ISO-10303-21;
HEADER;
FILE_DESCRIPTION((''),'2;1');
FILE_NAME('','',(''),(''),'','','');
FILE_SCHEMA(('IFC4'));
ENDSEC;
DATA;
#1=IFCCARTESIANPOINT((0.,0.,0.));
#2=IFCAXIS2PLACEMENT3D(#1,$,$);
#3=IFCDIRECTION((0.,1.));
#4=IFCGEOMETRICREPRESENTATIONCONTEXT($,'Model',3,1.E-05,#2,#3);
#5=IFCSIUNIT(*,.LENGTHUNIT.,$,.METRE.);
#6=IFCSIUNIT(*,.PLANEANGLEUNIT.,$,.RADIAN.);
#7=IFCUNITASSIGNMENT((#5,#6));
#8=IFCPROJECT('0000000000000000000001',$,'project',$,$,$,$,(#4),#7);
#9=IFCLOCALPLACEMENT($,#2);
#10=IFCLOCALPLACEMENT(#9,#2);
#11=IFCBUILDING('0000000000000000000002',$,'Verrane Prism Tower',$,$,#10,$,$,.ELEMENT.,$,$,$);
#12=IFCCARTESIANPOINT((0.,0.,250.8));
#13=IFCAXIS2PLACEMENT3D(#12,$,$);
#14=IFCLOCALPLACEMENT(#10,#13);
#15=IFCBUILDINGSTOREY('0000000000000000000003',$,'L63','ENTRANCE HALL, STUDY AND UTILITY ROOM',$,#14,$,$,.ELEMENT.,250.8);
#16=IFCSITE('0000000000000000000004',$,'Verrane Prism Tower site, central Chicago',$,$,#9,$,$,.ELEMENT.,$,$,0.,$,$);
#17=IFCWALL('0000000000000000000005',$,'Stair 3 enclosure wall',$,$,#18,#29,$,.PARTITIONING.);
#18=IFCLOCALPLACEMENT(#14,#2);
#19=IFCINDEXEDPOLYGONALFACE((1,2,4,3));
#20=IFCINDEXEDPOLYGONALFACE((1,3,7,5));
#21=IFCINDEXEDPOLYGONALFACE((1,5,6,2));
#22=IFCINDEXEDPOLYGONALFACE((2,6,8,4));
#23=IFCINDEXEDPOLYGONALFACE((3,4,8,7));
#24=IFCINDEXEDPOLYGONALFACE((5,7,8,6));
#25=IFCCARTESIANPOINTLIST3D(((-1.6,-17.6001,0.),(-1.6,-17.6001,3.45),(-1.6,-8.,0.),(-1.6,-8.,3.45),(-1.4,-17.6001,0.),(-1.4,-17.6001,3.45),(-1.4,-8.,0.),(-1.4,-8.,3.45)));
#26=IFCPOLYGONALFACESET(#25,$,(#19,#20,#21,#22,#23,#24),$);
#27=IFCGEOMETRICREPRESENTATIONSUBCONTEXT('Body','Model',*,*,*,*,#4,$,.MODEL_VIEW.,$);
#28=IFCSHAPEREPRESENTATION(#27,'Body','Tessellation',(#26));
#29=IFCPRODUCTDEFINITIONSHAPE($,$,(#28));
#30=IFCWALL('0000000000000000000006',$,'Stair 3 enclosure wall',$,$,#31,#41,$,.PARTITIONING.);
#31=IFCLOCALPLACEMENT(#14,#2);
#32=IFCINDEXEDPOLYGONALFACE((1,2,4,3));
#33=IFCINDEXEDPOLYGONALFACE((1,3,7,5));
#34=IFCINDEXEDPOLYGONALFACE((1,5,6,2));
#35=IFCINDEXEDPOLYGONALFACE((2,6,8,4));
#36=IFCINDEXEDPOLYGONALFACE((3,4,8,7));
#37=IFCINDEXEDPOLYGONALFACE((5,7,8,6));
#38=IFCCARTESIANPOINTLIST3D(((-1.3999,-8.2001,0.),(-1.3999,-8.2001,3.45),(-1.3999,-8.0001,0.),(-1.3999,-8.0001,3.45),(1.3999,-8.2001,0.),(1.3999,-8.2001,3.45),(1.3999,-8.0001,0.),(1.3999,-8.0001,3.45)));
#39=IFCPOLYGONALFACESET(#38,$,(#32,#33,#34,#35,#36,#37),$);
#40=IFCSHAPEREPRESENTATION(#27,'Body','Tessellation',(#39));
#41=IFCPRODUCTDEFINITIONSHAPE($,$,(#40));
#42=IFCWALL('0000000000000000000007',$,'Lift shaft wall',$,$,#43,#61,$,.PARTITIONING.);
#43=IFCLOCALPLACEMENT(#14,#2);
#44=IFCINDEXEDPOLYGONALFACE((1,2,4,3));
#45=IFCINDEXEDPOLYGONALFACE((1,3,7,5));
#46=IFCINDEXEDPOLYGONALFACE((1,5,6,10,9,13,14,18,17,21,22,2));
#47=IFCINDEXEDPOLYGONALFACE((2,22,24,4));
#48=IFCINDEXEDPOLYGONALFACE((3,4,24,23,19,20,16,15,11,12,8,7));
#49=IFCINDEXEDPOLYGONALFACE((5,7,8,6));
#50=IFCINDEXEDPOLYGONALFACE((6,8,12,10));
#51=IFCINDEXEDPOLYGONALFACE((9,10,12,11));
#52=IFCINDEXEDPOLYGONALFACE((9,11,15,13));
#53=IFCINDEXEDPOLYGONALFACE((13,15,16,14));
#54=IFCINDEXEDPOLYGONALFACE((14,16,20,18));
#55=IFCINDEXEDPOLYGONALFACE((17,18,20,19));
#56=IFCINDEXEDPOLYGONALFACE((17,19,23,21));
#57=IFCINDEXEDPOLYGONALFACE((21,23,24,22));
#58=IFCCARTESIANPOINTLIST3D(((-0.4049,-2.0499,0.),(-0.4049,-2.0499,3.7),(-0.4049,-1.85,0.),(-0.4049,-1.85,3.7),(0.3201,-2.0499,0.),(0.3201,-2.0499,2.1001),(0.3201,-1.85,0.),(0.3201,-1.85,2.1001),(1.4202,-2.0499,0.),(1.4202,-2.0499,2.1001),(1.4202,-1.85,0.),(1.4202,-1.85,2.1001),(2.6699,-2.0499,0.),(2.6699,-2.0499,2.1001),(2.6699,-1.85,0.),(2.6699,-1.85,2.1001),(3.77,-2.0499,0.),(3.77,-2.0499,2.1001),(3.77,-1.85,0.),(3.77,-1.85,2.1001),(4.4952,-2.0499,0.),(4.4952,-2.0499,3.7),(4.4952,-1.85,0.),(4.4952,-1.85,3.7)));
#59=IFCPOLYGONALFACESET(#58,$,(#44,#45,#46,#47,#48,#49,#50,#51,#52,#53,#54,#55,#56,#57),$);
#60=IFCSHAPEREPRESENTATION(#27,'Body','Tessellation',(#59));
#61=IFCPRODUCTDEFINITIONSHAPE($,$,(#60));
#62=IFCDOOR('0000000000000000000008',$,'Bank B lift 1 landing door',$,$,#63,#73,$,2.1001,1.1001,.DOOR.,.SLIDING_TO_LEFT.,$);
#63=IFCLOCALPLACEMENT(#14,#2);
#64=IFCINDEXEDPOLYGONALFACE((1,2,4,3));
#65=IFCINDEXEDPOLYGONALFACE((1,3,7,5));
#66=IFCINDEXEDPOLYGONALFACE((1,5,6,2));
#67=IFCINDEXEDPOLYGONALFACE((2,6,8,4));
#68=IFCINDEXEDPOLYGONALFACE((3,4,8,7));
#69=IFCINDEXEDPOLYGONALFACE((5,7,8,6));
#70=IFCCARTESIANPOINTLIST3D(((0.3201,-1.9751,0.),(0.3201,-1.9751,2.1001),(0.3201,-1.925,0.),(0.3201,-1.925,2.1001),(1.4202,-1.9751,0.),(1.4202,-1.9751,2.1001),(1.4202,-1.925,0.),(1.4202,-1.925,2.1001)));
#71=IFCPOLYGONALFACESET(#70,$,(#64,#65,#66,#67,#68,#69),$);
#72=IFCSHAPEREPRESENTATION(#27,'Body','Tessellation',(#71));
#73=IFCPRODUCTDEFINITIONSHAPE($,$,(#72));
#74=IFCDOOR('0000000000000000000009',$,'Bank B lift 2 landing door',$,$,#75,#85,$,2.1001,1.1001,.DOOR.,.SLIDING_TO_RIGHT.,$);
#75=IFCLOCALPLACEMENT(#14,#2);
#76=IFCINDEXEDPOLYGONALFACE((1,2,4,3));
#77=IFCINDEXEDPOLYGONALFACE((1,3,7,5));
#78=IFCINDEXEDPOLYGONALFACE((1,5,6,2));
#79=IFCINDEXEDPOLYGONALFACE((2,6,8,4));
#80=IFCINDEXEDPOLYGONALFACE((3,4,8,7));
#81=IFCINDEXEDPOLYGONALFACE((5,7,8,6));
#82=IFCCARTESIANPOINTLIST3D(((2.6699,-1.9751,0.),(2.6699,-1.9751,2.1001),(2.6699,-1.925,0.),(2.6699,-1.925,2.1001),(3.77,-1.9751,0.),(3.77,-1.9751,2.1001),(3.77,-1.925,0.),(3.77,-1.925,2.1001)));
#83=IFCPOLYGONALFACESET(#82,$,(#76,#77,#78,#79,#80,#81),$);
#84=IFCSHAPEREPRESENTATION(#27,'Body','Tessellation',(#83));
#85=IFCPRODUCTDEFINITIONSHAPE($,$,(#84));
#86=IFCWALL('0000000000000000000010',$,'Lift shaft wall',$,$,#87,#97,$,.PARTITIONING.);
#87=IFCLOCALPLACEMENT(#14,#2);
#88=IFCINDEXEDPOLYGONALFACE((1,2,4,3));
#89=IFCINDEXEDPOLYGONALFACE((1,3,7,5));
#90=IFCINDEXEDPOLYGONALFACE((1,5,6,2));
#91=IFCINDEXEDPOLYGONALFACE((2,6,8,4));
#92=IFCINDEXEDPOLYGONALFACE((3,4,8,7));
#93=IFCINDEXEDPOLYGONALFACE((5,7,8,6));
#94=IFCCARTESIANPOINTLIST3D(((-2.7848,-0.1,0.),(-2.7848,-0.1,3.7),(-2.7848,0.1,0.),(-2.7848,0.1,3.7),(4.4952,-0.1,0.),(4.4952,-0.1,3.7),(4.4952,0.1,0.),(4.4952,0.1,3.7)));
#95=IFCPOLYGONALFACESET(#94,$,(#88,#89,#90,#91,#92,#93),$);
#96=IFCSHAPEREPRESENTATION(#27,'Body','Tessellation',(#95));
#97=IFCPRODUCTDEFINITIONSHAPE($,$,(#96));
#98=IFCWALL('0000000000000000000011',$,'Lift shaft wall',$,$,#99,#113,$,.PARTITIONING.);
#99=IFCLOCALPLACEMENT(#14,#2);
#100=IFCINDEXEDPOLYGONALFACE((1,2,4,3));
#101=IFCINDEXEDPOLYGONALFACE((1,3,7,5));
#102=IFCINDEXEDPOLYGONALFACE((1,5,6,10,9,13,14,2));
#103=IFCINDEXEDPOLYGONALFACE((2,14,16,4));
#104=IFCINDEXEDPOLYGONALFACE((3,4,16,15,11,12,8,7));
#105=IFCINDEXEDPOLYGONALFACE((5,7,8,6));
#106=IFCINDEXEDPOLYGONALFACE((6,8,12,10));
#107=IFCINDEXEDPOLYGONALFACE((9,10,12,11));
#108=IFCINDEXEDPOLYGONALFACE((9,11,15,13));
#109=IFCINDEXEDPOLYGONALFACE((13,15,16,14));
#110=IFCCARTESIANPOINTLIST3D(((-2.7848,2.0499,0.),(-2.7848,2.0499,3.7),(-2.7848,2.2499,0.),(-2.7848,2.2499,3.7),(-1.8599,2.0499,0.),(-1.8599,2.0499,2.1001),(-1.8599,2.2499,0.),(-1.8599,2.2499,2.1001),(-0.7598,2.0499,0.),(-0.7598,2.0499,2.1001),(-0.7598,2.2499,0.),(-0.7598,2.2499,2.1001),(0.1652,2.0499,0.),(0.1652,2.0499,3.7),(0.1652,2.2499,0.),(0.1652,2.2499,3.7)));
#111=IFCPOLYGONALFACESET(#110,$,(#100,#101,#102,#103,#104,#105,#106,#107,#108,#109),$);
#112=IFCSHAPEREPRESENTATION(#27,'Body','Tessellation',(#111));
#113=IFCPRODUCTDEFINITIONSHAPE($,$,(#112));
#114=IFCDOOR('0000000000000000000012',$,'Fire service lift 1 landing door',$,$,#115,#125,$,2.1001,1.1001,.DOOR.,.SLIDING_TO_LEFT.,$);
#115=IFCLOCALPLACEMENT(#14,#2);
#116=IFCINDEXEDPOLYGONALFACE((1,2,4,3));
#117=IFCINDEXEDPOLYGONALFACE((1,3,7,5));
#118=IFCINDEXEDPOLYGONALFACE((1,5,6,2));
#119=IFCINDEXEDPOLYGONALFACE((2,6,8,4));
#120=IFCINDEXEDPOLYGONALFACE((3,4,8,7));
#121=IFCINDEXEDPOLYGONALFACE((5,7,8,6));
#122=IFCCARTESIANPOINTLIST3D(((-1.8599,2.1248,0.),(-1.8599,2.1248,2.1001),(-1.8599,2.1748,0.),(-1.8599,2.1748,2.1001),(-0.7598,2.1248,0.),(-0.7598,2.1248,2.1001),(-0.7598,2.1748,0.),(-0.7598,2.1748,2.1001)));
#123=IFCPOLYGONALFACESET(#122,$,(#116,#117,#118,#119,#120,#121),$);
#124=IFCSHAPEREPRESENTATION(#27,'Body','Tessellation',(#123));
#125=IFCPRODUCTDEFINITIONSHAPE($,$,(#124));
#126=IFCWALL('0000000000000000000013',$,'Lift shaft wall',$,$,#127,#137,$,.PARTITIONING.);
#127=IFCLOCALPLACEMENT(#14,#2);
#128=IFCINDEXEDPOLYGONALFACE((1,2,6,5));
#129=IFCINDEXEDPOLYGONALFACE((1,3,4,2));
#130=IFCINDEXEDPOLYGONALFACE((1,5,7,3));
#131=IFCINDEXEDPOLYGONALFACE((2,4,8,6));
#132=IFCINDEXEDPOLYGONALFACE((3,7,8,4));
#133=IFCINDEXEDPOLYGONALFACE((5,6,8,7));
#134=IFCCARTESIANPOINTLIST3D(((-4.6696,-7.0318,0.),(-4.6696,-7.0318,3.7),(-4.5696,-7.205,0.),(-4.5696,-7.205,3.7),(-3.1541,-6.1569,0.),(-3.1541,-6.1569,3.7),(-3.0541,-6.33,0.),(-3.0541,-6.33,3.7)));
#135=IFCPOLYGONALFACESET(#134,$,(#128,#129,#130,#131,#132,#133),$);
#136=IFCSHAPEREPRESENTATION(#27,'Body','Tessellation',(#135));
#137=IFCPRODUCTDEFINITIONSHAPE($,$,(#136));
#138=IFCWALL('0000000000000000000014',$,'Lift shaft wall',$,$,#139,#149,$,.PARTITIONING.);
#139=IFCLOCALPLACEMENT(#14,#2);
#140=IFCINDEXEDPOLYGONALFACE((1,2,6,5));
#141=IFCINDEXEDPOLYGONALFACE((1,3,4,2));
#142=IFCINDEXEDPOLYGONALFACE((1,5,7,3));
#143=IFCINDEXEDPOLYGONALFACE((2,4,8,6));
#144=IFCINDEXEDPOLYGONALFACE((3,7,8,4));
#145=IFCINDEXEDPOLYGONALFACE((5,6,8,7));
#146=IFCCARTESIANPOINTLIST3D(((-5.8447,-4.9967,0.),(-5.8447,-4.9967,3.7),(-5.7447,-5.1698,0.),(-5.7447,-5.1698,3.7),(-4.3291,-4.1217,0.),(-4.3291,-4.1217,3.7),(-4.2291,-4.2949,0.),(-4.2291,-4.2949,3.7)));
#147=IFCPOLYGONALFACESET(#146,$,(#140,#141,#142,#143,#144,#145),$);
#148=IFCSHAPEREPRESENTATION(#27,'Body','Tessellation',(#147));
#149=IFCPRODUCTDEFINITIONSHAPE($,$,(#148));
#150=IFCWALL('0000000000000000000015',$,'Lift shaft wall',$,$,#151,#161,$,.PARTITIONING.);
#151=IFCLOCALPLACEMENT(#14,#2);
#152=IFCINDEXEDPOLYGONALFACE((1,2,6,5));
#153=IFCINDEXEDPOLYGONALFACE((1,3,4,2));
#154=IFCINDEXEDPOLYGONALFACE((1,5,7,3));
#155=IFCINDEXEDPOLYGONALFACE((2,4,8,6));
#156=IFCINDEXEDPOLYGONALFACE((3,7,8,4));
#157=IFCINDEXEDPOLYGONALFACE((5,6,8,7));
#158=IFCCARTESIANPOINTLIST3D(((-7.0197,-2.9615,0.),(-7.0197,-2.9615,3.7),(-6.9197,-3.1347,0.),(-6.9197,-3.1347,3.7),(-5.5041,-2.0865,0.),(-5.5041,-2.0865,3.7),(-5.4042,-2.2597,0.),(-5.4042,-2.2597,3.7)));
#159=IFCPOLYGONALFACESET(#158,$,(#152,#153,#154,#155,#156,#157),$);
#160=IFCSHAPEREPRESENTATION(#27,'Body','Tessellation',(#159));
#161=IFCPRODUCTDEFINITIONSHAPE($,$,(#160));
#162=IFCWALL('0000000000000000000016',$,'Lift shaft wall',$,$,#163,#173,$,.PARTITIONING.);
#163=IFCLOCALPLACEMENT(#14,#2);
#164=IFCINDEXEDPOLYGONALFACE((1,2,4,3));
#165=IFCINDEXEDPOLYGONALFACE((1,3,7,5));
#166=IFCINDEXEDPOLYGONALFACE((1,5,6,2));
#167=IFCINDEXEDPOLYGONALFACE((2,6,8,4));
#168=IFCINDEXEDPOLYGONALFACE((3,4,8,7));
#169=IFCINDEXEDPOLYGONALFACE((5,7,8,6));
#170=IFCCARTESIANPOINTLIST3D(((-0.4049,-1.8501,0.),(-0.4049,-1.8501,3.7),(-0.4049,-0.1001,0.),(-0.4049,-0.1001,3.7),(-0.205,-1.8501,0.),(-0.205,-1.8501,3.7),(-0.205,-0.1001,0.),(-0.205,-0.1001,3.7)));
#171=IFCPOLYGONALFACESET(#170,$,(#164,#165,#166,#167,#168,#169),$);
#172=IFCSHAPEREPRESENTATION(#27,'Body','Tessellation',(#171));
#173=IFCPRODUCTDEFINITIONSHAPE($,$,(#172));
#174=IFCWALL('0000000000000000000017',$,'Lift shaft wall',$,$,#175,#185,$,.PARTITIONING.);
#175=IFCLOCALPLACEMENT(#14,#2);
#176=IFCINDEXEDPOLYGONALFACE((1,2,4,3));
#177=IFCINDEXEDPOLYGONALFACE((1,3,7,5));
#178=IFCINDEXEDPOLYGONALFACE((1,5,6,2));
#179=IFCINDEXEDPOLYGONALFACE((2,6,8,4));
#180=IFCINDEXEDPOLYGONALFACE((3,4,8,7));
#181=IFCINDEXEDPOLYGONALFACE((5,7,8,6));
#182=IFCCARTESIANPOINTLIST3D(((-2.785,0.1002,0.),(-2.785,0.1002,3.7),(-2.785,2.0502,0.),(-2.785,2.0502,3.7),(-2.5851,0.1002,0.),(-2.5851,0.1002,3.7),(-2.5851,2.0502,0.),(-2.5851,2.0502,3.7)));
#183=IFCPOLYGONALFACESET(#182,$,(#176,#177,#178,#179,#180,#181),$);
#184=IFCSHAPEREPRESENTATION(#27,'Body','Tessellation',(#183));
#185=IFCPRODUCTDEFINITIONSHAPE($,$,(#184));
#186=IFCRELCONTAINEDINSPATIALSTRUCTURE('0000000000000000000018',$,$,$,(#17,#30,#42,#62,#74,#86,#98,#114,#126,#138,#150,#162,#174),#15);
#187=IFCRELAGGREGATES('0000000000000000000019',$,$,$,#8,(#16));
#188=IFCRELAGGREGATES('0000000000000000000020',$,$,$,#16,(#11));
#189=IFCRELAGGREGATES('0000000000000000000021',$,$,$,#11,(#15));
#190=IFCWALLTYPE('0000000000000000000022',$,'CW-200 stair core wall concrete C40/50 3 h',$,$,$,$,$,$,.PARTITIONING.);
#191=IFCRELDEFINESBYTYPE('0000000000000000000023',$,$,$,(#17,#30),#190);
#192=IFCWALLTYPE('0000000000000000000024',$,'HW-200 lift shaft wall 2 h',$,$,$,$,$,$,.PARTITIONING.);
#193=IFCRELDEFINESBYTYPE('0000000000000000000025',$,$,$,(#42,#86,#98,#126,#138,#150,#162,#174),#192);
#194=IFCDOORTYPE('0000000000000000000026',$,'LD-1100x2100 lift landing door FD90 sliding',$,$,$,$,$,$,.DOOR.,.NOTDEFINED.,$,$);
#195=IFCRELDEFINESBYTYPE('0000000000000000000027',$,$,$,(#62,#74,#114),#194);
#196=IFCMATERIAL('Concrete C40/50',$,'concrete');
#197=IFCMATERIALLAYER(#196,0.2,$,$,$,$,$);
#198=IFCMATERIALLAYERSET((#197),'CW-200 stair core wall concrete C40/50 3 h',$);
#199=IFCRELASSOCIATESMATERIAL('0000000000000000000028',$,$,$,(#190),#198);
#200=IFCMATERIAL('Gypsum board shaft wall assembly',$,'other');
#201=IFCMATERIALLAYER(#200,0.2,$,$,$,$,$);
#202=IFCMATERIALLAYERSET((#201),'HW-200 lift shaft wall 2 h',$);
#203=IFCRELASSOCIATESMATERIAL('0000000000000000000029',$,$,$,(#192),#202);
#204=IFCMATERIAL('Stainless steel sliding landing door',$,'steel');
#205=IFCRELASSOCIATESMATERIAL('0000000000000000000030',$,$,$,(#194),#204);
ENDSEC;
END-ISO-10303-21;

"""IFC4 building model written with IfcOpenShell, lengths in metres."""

from ifc_helpers import new_model, si_unit, direction, frame, frame_2d, origin, place, context, subcontext, project, spatial, rectangle, extrude, material, layer, layer_set, type_object, element, fill, save


model = new_model("IFC4")

# Units and contexts
model_context = context("Model", 3, precision=1e-05, world=origin(), true_north=direction((0.0, 1.0)))
body_context = subcontext(model_context, "Body", "Model", "MODEL_VIEW")
ifc_project = project(units=[si_unit("LENGTHUNIT", "METRE"), si_unit("PLANEANGLEUNIT", "RADIAN")], contexts=[model_context])

# Site, building, storey
site_placement = place(None, origin())
site = spatial("IfcSite", under=ifc_project, at=site_placement, Name="Verrane Prism Tower site, central Chicago", CompositionType="ELEMENT", RefElevation=0.0)
building_placement = place(site_placement, origin())
building = spatial("IfcBuilding", under=site, at=building_placement, Name="Verrane Prism Tower", CompositionType="ELEMENT")
storey_placement = place(building_placement, frame((0.0, 0.0, 250.8)))
storey = spatial("IfcBuildingStorey", under=building, at=storey_placement, Name="L63", Description="ENTRANCE HALL, STUDY AND UTILITY ROOM", CompositionType="ELEMENT", Elevation=250.8)

# Walls
ifc_material_1 = material(Name="Concrete C40/50", Category="concrete")
ifc_layer_1 = layer(ifc_material_1, 0.2)
ifc_layer_set_1 = layer_set([ifc_layer_1], Name="CW-200 stair core wall concrete C40/50 3 h")
wall_type_1 = type_object("IfcWallType", Name="CW-200 stair core wall concrete C40/50 3 h", PredefinedType="PARTITIONING", material=ifc_layer_set_1)
wall_1_placement = place(storey_placement, frame((-1.5, -8.0, 0.0), z_axis=(0.0, 0.0, 1.0), x_axis=(0.0, -1.0, 0.0)))
element("IfcWall", 1, at=wall_1_placement, inside=storey, type_object=wall_type_1, Name="Stair 3 enclosure wall", PredefinedType="PARTITIONING", context=body_context, shape_type="SweptSolid", body=[
    extrude(rectangle(XDim=9.6001, YDim=0.2, at=frame_2d((4.8, 0.0))), origin(), (0.0, 0.0, 1.0), 3.45),
])
wall_2_placement = place(storey_placement, frame((-1.3999, -8.1001, 0.0), z_axis=(0.0, 0.0, 1.0), x_axis=(1.0, 0.0, 0.0)))
element("IfcWall", 2, at=wall_2_placement, inside=storey, type_object=wall_type_1, Name="Stair 3 enclosure wall", PredefinedType="PARTITIONING", context=body_context, shape_type="SweptSolid", body=[
    extrude(rectangle(XDim=2.7998, YDim=0.2, at=frame_2d((1.3999, 0.0))), origin(), (0.0, 0.0, 1.0), 3.45),
])

# Wall, openings, doors
ifc_material_2 = material(Name="Gypsum board shaft wall assembly", Category="other")
ifc_layer_2 = layer(ifc_material_2, 0.2)
ifc_layer_set_2 = layer_set([ifc_layer_2], Name="HW-200 lift shaft wall 2 h")
wall_type_2 = type_object("IfcWallType", Name="HW-200 lift shaft wall 2 h", PredefinedType="PARTITIONING", material=ifc_layer_set_2)
wall_3_placement = place(storey_placement, frame((-0.405, -1.95, 0.0), z_axis=(0.0, 0.0, 1.0), x_axis=(1.0, 0.0, 0.0)))
wall_3 = element("IfcWall", 3, at=wall_3_placement, inside=storey, type_object=wall_type_2, Name="Lift shaft wall", PredefinedType="PARTITIONING", context=body_context, shape_type="SweptSolid", body=[
    extrude(rectangle(XDim=4.9001, YDim=0.2, at=frame_2d((2.4502, 0.0))), origin(), (0.0, 0.0, 1.0), 3.7),
])
opening_1_placement = place(wall_3_placement, frame((0.7251, 0.0, 0.0)))
opening_1 = element("IfcOpeningElement", 4, at=opening_1_placement, cuts=wall_3, PredefinedType="OPENING", context=body_context, shape_type="SweptSolid", body=[
    extrude(rectangle(XDim=1.1001, YDim=2.1001, at=frame_2d((0.55, 1.05))), frame((0.0, 0.1099, 0.0), z_axis=(0.0, -1.0, 0.0), x_axis=(1.0, 0.0, 0.0)), (0.0, 0.0, 1.0), 0.22),
])
opening_2_placement = place(wall_3_placement, frame((3.075, 0.0, 0.0)))
opening_2 = element("IfcOpeningElement", 5, at=opening_2_placement, cuts=wall_3, PredefinedType="OPENING", context=body_context, shape_type="SweptSolid", body=[
    extrude(rectangle(XDim=1.1001, YDim=2.1001, at=frame_2d((0.55, 1.05))), frame((0.0, 0.1099, 0.0), z_axis=(0.0, -1.0, 0.0), x_axis=(1.0, 0.0, 0.0)), (0.0, 0.0, 1.0), 0.22),
])
ifc_material_3 = material(Name="Stainless steel sliding landing door", Category="steel")
door_type_1 = type_object("IfcDoorType", Name="LD-1100x2100 lift landing door FD90 sliding", OperationType="NOTDEFINED", PredefinedType="DOOR", material=ifc_material_3)
door_1_placement = place(opening_1_placement, origin())
door_1 = element("IfcDoor", 6, at=door_1_placement, inside=storey, type_object=door_type_1, Name="Bank B lift 1 landing door", OperationType="SLIDING_TO_LEFT", OverallHeight=2.1001, OverallWidth=1.1001, PredefinedType="DOOR", context=body_context, shape_type="SweptSolid", body=[
    extrude(rectangle(XDim=1.1001, YDim=2.1001, at=frame_2d((0.55, 1.05))), frame((0.0, 0.0249, 0.0), z_axis=(0.0, -1.0, 0.0), x_axis=(1.0, 0.0, 0.0)), (0.0, 0.0, 1.0), 0.05),
])
fill(opening_1, door_1)
door_2_placement = place(opening_2_placement, origin())
door_2 = element("IfcDoor", 7, at=door_2_placement, inside=storey, type_object=door_type_1, Name="Bank B lift 2 landing door", OperationType="SLIDING_TO_RIGHT", OverallHeight=2.1001, OverallWidth=1.1001, PredefinedType="DOOR", context=body_context, shape_type="SweptSolid", body=[
    extrude(rectangle(XDim=1.1001, YDim=2.1001, at=frame_2d((0.55, 1.05))), frame((0.0, 0.0249, 0.0), z_axis=(0.0, -1.0, 0.0), x_axis=(1.0, 0.0, 0.0)), (0.0, 0.0, 1.0), 0.05),
])
fill(opening_2, door_2)

# Wall
wall_4_placement = place(storey_placement, frame((-2.7849, 0.0, 0.0), z_axis=(0.0, 0.0, 1.0), x_axis=(1.0, 0.0, 0.0)))
element("IfcWall", 8, at=wall_4_placement, inside=storey, type_object=wall_type_2, Name="Lift shaft wall", PredefinedType="PARTITIONING", context=body_context, shape_type="SweptSolid", body=[
    extrude(rectangle(XDim=7.28, YDim=0.2, at=frame_2d((3.6401, 0.0))), origin(), (0.0, 0.0, 1.0), 3.7),
])

# Wall, opening, door
wall_5_placement = place(storey_placement, frame((-2.7849, 2.1499, 0.0), z_axis=(0.0, 0.0, 1.0), x_axis=(1.0, 0.0, 0.0)))
wall_5 = element("IfcWall", 9, at=wall_5_placement, inside=storey, type_object=wall_type_2, Name="Lift shaft wall", PredefinedType="PARTITIONING", context=body_context, shape_type="SweptSolid", body=[
    extrude(rectangle(XDim=2.95, YDim=0.2, at=frame_2d((1.4751, 0.0))), origin(), (0.0, 0.0, 1.0), 3.7),
])
opening_3_placement = place(wall_5_placement, frame((0.925, 0.0, 0.0)))
opening_3 = element("IfcOpeningElement", 10, at=opening_3_placement, cuts=wall_5, PredefinedType="OPENING", context=body_context, shape_type="SweptSolid", body=[
    extrude(rectangle(XDim=1.1001, YDim=2.1001, at=frame_2d((0.55, 1.05))), frame((0.0, 0.1099, 0.0), z_axis=(0.0, -1.0, 0.0), x_axis=(1.0, 0.0, 0.0)), (0.0, 0.0, 1.0), 0.22),
])
door_3_placement = place(opening_3_placement, origin())
door_3 = element("IfcDoor", 11, at=door_3_placement, inside=storey, type_object=door_type_1, Name="Fire service lift 1 landing door", OperationType="SLIDING_TO_LEFT", OverallHeight=2.1001, OverallWidth=1.1001, PredefinedType="DOOR", context=body_context, shape_type="SweptSolid", body=[
    extrude(rectangle(XDim=1.1001, YDim=2.1001, at=frame_2d((0.55, 1.05))), frame((0.0, 0.0249, 0.0), z_axis=(0.0, -1.0, 0.0), x_axis=(1.0, 0.0, 0.0)), (0.0, 0.0, 1.0), 0.05),
])
fill(opening_3, door_3)

# Walls
for number, where, z_axis, x_axis, name in (
    (12, (-4.6196, -7.1184, 0.0), (0.0, 0.0, 1.0), (0.866037, 0.49998, 0.0), "Lift shaft wall"),
    (13, (-5.7947, -5.0833, 0.0), (0.0, 0.0, 1.0), (0.866037, 0.49998, 0.0), "Lift shaft wall"),
    (14, (-6.9697, -3.0481, 0.0), (0.0, 0.0, 1.0), (0.866037, 0.49998, 0.0), "Lift shaft wall"),
    (15, (-0.3049, -1.8501, 0.0), (0.0, 0.0, 1.0), (0.0, 1.0, 0.0), "Lift shaft wall"),
):
    element("IfcWall", number, at=place(storey_placement, frame(where, z_axis=z_axis, x_axis=x_axis)), inside=storey, type_object=wall_type_2, Name=name, PredefinedType="PARTITIONING", context=body_context, shape_type="SweptSolid", body=[
        extrude(rectangle(XDim=1.75, YDim=0.2, at=frame_2d((0.875, 0.0))), origin(), (0.0, 0.0, 1.0), 3.7),
    ])
wall_6_placement = place(storey_placement, frame((-2.6851, 0.1001, 0.0), z_axis=(0.0, 0.0, 1.0), x_axis=(0.0, 1.0, 0.0)))
element("IfcWall", 16, at=wall_6_placement, inside=storey, type_object=wall_type_2, Name="Lift shaft wall", PredefinedType="PARTITIONING", context=body_context, shape_type="SweptSolid", body=[
    extrude(rectangle(XDim=1.95, YDim=0.2, at=frame_2d((0.9751, 0.0))), origin(), (0.0, 0.0, 1.0), 3.7),
])

save(model, "model.ifc")
